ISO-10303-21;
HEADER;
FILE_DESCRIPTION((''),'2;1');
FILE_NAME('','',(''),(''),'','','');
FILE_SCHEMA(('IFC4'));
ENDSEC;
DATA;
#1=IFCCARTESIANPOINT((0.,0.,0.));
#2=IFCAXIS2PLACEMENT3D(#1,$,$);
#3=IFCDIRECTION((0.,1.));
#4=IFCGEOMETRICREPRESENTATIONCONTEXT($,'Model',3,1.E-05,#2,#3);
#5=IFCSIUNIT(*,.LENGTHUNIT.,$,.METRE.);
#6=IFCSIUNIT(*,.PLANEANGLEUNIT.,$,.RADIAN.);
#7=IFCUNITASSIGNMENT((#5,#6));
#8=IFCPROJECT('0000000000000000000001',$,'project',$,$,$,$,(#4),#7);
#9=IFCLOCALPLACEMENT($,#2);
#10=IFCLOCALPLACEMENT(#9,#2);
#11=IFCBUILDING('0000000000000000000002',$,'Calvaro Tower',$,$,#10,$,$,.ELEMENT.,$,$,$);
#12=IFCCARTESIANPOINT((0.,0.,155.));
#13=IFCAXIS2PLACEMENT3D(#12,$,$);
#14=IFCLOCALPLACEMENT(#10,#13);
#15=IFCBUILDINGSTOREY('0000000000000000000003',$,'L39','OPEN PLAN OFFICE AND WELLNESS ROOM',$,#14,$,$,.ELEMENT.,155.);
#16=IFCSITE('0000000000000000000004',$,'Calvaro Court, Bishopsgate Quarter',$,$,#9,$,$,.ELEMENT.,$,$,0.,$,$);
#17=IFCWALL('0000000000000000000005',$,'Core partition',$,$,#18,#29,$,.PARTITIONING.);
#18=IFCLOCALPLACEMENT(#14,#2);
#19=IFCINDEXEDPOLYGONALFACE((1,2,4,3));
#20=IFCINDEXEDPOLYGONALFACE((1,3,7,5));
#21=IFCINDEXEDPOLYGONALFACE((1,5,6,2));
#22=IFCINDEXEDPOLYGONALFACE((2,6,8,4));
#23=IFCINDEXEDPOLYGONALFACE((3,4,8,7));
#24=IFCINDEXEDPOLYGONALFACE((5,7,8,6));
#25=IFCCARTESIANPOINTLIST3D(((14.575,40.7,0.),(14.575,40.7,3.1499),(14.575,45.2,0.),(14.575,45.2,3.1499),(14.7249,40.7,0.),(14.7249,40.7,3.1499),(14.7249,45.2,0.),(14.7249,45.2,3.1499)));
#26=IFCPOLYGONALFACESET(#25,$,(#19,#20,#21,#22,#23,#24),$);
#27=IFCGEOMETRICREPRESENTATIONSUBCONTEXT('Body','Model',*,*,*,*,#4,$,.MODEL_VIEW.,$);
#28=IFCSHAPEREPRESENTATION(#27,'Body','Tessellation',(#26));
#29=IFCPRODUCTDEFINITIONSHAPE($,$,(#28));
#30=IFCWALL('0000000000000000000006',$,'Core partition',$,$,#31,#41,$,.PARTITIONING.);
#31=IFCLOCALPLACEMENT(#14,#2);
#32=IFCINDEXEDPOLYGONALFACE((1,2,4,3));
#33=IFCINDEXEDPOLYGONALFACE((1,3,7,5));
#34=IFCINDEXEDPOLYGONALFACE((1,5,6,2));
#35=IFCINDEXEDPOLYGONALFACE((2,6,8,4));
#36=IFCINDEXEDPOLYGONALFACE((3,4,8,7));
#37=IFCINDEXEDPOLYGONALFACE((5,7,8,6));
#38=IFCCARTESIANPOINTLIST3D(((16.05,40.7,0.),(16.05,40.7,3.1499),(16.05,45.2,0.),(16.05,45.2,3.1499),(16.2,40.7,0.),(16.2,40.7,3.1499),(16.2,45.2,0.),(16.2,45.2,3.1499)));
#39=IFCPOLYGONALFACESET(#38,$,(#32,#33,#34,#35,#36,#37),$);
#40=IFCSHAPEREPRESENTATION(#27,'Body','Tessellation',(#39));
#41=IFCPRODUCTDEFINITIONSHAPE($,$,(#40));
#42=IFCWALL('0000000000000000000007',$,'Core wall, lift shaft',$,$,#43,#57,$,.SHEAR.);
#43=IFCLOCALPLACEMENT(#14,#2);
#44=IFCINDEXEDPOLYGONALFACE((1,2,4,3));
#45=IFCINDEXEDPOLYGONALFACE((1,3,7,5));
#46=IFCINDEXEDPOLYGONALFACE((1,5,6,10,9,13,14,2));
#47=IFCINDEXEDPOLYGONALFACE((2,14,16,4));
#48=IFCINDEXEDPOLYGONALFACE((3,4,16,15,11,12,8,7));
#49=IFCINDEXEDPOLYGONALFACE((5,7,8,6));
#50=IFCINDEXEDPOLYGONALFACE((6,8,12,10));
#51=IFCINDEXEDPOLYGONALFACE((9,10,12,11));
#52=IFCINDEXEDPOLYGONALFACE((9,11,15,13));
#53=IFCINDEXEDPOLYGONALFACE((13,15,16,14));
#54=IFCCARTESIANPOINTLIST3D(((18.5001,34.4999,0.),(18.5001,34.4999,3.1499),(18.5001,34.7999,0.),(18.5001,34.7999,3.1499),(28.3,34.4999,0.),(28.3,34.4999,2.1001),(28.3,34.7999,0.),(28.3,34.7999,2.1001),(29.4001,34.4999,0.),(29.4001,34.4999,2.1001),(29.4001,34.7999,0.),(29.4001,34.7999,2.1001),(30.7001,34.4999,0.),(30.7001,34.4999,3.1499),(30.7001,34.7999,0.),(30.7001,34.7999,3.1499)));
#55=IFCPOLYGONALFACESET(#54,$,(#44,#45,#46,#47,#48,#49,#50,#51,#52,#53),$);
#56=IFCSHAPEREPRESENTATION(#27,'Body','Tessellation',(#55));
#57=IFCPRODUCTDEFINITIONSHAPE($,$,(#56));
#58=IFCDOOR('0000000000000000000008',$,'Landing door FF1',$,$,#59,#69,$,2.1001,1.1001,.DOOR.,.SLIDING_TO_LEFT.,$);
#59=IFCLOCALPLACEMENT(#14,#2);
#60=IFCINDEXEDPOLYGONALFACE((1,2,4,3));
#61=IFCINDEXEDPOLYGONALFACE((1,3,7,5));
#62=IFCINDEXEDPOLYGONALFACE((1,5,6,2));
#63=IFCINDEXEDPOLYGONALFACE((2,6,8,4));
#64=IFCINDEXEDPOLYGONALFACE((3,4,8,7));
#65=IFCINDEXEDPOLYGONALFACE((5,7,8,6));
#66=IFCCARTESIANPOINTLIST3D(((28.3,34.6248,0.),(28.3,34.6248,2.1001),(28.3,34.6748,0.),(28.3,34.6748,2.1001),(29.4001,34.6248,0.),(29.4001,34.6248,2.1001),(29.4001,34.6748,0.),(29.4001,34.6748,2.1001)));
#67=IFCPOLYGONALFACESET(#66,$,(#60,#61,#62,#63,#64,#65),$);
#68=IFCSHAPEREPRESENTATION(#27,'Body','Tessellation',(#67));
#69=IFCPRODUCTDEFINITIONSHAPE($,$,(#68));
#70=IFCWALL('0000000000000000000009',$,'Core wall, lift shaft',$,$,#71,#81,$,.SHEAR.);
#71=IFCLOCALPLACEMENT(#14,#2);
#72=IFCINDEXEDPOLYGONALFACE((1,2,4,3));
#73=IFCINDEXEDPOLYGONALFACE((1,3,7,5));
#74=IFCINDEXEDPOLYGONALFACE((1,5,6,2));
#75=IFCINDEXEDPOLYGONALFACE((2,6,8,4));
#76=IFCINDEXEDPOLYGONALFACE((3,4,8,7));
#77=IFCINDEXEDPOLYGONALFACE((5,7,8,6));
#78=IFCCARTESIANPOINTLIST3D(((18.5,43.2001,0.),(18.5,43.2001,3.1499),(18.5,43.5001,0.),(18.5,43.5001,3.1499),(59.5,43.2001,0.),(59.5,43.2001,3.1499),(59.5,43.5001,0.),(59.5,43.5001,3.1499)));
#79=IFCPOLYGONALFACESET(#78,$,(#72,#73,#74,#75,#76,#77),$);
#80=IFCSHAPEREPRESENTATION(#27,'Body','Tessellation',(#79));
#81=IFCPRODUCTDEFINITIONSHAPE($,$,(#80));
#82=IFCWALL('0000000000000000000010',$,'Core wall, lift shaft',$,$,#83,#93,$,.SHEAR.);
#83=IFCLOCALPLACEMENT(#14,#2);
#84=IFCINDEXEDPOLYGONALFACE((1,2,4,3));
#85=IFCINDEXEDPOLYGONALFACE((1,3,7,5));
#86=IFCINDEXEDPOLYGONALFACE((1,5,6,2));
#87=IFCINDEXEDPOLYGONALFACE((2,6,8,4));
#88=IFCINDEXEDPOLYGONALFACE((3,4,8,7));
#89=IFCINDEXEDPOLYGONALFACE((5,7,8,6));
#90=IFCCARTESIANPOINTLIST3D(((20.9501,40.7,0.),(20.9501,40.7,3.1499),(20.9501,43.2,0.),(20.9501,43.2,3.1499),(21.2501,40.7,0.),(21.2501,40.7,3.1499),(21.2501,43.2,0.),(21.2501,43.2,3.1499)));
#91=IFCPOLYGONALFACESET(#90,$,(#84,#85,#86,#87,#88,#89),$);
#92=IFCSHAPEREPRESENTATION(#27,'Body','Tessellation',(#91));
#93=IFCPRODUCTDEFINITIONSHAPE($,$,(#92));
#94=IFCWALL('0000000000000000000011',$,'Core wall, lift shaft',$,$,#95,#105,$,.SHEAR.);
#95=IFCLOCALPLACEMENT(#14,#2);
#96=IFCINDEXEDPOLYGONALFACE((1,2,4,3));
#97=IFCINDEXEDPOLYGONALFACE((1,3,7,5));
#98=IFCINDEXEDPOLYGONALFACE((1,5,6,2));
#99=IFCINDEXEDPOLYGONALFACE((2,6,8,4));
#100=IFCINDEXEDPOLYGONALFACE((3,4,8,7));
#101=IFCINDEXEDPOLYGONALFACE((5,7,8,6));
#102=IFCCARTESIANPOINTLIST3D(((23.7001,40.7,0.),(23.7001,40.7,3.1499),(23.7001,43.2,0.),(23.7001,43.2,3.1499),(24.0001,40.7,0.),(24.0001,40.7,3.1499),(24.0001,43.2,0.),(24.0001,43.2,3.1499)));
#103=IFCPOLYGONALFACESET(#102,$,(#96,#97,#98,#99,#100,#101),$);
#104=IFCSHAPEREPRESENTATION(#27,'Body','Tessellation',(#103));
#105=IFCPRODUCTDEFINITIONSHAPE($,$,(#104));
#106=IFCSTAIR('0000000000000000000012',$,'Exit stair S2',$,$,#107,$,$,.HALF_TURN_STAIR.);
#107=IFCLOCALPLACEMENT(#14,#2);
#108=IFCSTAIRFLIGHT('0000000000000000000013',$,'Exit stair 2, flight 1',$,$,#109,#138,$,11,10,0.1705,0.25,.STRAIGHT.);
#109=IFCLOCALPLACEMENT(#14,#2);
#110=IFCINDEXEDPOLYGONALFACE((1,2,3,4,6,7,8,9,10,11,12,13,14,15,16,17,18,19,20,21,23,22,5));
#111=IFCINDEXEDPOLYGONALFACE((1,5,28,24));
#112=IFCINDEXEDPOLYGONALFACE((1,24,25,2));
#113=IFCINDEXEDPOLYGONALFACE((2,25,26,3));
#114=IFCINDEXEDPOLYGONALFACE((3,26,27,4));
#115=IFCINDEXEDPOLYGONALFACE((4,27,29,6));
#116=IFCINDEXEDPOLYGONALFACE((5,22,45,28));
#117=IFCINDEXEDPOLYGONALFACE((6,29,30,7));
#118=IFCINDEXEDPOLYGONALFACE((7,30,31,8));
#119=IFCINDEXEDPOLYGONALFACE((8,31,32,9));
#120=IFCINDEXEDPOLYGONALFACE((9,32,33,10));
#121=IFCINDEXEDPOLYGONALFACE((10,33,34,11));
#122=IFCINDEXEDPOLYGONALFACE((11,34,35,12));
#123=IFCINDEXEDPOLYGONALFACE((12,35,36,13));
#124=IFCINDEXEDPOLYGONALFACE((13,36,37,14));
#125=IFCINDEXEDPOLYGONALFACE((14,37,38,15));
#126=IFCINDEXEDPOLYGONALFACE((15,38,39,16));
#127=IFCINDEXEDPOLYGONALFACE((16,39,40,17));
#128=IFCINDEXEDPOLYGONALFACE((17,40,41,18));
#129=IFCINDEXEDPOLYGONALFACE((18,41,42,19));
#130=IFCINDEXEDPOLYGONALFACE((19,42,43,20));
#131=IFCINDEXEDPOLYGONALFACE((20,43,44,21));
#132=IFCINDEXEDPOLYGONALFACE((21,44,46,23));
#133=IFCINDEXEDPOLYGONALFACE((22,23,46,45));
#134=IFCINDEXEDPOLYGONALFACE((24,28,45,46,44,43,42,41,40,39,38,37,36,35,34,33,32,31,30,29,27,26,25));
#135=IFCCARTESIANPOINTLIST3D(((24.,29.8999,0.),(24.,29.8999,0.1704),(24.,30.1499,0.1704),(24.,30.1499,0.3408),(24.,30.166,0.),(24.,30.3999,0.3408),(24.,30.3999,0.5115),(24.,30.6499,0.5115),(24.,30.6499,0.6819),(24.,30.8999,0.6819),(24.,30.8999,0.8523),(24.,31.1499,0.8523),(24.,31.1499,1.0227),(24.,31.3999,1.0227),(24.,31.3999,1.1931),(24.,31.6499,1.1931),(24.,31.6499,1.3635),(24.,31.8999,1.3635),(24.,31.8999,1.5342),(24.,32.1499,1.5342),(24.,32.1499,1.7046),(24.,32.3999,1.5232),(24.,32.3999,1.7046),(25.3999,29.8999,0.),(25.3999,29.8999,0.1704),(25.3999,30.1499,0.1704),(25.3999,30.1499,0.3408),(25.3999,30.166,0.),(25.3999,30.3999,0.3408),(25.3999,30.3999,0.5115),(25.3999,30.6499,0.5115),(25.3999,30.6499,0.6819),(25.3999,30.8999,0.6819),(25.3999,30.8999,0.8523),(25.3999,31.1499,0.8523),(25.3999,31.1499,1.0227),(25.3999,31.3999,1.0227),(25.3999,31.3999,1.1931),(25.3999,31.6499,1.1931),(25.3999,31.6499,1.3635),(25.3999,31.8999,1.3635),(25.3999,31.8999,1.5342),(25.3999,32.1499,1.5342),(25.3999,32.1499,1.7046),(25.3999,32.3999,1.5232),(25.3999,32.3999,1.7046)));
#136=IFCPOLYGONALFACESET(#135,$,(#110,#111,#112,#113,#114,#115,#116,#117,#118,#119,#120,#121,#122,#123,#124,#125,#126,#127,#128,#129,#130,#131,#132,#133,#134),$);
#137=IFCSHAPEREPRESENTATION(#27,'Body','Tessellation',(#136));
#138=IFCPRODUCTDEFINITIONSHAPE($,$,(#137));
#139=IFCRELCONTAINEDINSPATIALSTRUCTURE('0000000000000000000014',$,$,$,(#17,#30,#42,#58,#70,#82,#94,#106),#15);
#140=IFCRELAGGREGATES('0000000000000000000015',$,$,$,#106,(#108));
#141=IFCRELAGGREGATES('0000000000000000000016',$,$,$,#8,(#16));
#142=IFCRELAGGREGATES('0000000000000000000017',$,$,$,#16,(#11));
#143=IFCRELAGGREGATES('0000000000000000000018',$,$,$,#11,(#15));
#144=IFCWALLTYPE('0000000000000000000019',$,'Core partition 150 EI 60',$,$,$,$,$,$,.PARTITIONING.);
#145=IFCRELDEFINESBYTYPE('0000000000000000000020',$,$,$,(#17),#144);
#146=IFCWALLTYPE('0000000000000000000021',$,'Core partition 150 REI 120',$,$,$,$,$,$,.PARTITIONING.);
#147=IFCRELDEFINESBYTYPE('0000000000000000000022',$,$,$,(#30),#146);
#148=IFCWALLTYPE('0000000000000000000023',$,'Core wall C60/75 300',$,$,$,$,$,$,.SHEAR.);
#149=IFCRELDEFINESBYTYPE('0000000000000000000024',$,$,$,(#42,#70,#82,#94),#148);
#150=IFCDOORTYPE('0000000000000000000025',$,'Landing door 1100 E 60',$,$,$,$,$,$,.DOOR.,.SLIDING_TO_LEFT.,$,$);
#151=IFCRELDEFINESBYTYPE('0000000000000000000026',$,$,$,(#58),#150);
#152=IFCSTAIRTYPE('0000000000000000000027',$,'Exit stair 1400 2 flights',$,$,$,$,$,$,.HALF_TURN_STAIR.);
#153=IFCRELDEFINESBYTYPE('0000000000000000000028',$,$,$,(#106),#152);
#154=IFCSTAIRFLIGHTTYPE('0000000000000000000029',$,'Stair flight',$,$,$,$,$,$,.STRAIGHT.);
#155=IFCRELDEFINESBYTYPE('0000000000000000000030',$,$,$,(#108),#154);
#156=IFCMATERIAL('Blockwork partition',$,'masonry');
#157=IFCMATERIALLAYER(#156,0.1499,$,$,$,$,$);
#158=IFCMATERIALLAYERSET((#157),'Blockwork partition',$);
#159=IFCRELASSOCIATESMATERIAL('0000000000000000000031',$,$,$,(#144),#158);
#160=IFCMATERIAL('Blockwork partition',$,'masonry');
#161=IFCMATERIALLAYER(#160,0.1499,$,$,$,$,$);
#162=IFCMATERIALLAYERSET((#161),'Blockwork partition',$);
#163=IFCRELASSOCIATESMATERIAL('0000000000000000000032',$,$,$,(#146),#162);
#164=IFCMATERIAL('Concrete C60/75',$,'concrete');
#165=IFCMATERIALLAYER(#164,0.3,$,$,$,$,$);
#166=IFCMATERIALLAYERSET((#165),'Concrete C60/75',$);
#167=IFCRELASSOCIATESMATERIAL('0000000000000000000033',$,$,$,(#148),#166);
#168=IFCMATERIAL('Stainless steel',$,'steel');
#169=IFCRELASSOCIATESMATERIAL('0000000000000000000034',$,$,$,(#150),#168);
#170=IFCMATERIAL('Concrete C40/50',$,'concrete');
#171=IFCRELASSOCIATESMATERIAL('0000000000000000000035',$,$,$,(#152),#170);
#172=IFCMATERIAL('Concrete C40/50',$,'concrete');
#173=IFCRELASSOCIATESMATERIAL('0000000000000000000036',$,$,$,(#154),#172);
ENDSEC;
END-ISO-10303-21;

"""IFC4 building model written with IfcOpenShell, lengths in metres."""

from ifc_helpers import new_model, si_unit, direction, frame, frame_2d, origin, place, context, subcontext, project, spatial, polyline, rectangle, outline, extrude, material, layer, layer_set, type_object, element, fill, aggregate, save


model = new_model("IFC4")

# Units and contexts
model_context = context("Model", 3, precision=1e-05, world=origin(), true_north=direction((0.0, 1.0)))
body_context = subcontext(model_context, "Body", "Model", "MODEL_VIEW")
ifc_project = project(units=[si_unit("LENGTHUNIT", "METRE"), si_unit("PLANEANGLEUNIT", "RADIAN")], contexts=[model_context])

# Site, building, storey
site_placement = place(None, origin())
site = spatial("IfcSite", under=ifc_project, at=site_placement, Name="Calvaro Court, Bishopsgate Quarter", CompositionType="ELEMENT", RefElevation=0.0)
building_placement = place(site_placement, origin())
building = spatial("IfcBuilding", under=site, at=building_placement, Name="Calvaro Tower", CompositionType="ELEMENT")
storey_placement = place(building_placement, frame((0.0, 0.0, 155.0)))
storey = spatial("IfcBuildingStorey", under=building, at=storey_placement, Name="L39", Description="OPEN PLAN OFFICE AND WELLNESS ROOM", CompositionType="ELEMENT", Elevation=155.0)

# Walls
ifc_material_1 = material(Name="Blockwork partition", Category="masonry")
ifc_layer_1 = layer(ifc_material_1, 0.1499)
ifc_layer_set_1 = layer_set([ifc_layer_1], Name="Blockwork partition")
wall_type_1 = type_object("IfcWallType", Name="Core partition 150 EI 60", PredefinedType="PARTITIONING", material=ifc_layer_set_1)
wall_1_placement = place(storey_placement, frame((14.6499, 40.7, 0.0), z_axis=(0.0, 0.0, 1.0), x_axis=(0.0, 1.0, 0.0)))
element("IfcWall", 1, at=wall_1_placement, inside=storey, type_object=wall_type_1, Name="Core partition", PredefinedType="PARTITIONING", context=body_context, shape_type="SweptSolid", body=[
    extrude(rectangle(XDim=4.5, YDim=0.1499, at=frame_2d((2.25, 0.0))), origin(), (0.0, 0.0, 1.0), 3.1499),
])
ifc_material_2 = material(Name="Blockwork partition", Category="masonry")
ifc_layer_2 = layer(ifc_material_2, 0.1499)
ifc_layer_set_2 = layer_set([ifc_layer_2], Name="Blockwork partition")
wall_type_2 = type_object("IfcWallType", Name="Core partition 150 REI 120", PredefinedType="PARTITIONING", material=ifc_layer_set_2)
wall_2_placement = place(storey_placement, frame((16.125, 40.7, 0.0), z_axis=(0.0, 0.0, 1.0), x_axis=(0.0, 1.0, 0.0)))
element("IfcWall", 2, at=wall_2_placement, inside=storey, type_object=wall_type_2, Name="Core partition", PredefinedType="PARTITIONING", context=body_context, shape_type="SweptSolid", body=[
    extrude(rectangle(XDim=4.5, YDim=0.1499, at=frame_2d((2.25, 0.0))), origin(), (0.0, 0.0, 1.0), 3.1499),
])

# Wall, opening, door
ifc_material_3 = material(Name="Concrete C60/75", Category="concrete")
ifc_layer_3 = layer(ifc_material_3, 0.3)
ifc_layer_set_3 = layer_set([ifc_layer_3], Name="Concrete C60/75")
wall_type_3 = type_object("IfcWallType", Name="Core wall C60/75 300", PredefinedType="SHEAR", material=ifc_layer_set_3)
wall_3_placement = place(storey_placement, frame((18.5, 34.6499, 0.0), z_axis=(0.0, 0.0, 1.0), x_axis=(1.0, 0.0, 0.0)))
wall_3 = element("IfcWall", 3, at=wall_3_placement, inside=storey, type_object=wall_type_3, Name="Core wall, lift shaft", PredefinedType="SHEAR", context=body_context, shape_type="SweptSolid", body=[
    extrude(rectangle(XDim=12.2, YDim=0.3, at=frame_2d((6.1001, 0.0))), origin(), (0.0, 0.0, 1.0), 3.1499),
])
opening_1_placement = place(wall_3_placement, frame((9.8, 0.0, 0.0)))
opening_1 = element("IfcOpeningElement", 4, at=opening_1_placement, cuts=wall_3, PredefinedType="OPENING", context=body_context, shape_type="SweptSolid", body=[
    extrude(rectangle(XDim=1.1001, YDim=2.1001, at=frame_2d((0.55, 1.05))), frame((0.0, 0.1599, 0.0), z_axis=(0.0, -1.0, 0.0), x_axis=(1.0, 0.0, 0.0)), (0.0, 0.0, 1.0), 0.3201),
])
ifc_material_4 = material(Name="Stainless steel", Category="steel")
door_type_1 = type_object("IfcDoorType", Name="Landing door 1100 E 60", OperationType="SLIDING_TO_LEFT", PredefinedType="DOOR", material=ifc_material_4)
door_1_placement = place(opening_1_placement, origin())
door_1 = element("IfcDoor", 5, at=door_1_placement, inside=storey, type_object=door_type_1, Name="Landing door FF1", OperationType="SLIDING_TO_LEFT", OverallHeight=2.1001, OverallWidth=1.1001, PredefinedType="DOOR", context=body_context, shape_type="SweptSolid", body=[
    extrude(rectangle(XDim=1.1001, YDim=2.1001, at=frame_2d((0.55, 1.05))), frame((0.0, 0.0249, 0.0), z_axis=(0.0, -1.0, 0.0), x_axis=(1.0, 0.0, 0.0)), (0.0, 0.0, 1.0), 0.05),
])
fill(opening_1, door_1)

# Walls
wall_4_placement = place(storey_placement, frame((18.5, 43.3501, 0.0), z_axis=(0.0, 0.0, 1.0), x_axis=(1.0, 0.0, 0.0)))
element("IfcWall", 6, at=wall_4_placement, inside=storey, type_object=wall_type_3, Name="Core wall, lift shaft", PredefinedType="SHEAR", context=body_context, shape_type="SweptSolid", body=[
    extrude(rectangle(XDim=41.0, YDim=0.3, at=frame_2d((20.5, 0.0))), origin(), (0.0, 0.0, 1.0), 3.1499),
])
for number, where, z_axis, x_axis, name in (
    (7, (21.1001, 40.7, 0.0), (0.0, 0.0, 1.0), (0.0, 1.0, 0.0), "Core wall, lift shaft"),
    (8, (23.8501, 40.7, 0.0), (0.0, 0.0, 1.0), (0.0, 1.0, 0.0), "Core wall, lift shaft"),
):
    element("IfcWall", number, at=place(storey_placement, frame(where, z_axis=z_axis, x_axis=x_axis)), inside=storey, type_object=wall_type_3, Name=name, PredefinedType="SHEAR", context=body_context, shape_type="SweptSolid", body=[
        extrude(rectangle(XDim=2.5, YDim=0.3, at=frame_2d((1.25, 0.0))), origin(), (0.0, 0.0, 1.0), 3.1499),
    ])

# Stair, stair flight
ifc_material_5 = material(Name="Concrete C40/50", Category="concrete")
stair_type = type_object("IfcStairType", Name="Exit stair 1400 2 flights", PredefinedType="HALF_TURN_STAIR", material=ifc_material_5)
stair_placement = place(storey_placement, origin())
stair = element("IfcStair", 9, at=stair_placement, inside=storey, type_object=stair_type, Name="Exit stair S2", PredefinedType="HALF_TURN_STAIR")
ifc_material_6 = material(Name="Concrete C40/50", Category="concrete")
stair_flight_type = type_object("IfcStairFlightType", Name="Stair flight", PredefinedType="STRAIGHT", material=ifc_material_6)
stair_flight_placement = place(storey_placement, frame((24.7, 29.8999, 0.0), z_axis=(0.0, 0.0, 1.0), x_axis=(0.0, 1.0, 0.0)))
stair_flight = element("IfcStairFlight", 10, at=stair_flight_placement, type_object=stair_flight_type, Name="Exit stair 2, flight 1", NumberOfRisers=11, NumberOfTreads=10, PredefinedType="STRAIGHT", RiserHeight=0.1705, TreadLength=0.25, context=body_context, shape_type="SweptSolid", body=[
    extrude(outline(polyline([(0.0, 0.0), (0.0, 0.1704), (0.25, 0.1704), (0.25, 0.3408), (0.5, 0.3408), (0.5, 0.5115), (0.75, 0.5115), (0.75, 0.6819), (1.0, 0.6819), (1.0, 0.8523), (1.25, 0.8523), (1.25, 1.0227), (1.5, 1.0227), (1.5, 1.1931), (1.75, 1.1931), (1.75, 1.3635), (2.0, 1.3635), (2.0, 1.5342), (2.25, 1.5342), (2.25, 1.7046), (2.5, 1.7046), (2.5, 1.875), (2.5, 1.5232), (0.2661, 0.0), (0.0, 0.0)])), frame((0.0, 0.7, 0.0), z_axis=(0.0, -1.0, 0.0), x_axis=(1.0, 0.0, 0.0)), (0.0, 0.0, 1.0), 1.3999),
])
aggregate(stair, [stair_flight])

save(model, "model.ifc")
